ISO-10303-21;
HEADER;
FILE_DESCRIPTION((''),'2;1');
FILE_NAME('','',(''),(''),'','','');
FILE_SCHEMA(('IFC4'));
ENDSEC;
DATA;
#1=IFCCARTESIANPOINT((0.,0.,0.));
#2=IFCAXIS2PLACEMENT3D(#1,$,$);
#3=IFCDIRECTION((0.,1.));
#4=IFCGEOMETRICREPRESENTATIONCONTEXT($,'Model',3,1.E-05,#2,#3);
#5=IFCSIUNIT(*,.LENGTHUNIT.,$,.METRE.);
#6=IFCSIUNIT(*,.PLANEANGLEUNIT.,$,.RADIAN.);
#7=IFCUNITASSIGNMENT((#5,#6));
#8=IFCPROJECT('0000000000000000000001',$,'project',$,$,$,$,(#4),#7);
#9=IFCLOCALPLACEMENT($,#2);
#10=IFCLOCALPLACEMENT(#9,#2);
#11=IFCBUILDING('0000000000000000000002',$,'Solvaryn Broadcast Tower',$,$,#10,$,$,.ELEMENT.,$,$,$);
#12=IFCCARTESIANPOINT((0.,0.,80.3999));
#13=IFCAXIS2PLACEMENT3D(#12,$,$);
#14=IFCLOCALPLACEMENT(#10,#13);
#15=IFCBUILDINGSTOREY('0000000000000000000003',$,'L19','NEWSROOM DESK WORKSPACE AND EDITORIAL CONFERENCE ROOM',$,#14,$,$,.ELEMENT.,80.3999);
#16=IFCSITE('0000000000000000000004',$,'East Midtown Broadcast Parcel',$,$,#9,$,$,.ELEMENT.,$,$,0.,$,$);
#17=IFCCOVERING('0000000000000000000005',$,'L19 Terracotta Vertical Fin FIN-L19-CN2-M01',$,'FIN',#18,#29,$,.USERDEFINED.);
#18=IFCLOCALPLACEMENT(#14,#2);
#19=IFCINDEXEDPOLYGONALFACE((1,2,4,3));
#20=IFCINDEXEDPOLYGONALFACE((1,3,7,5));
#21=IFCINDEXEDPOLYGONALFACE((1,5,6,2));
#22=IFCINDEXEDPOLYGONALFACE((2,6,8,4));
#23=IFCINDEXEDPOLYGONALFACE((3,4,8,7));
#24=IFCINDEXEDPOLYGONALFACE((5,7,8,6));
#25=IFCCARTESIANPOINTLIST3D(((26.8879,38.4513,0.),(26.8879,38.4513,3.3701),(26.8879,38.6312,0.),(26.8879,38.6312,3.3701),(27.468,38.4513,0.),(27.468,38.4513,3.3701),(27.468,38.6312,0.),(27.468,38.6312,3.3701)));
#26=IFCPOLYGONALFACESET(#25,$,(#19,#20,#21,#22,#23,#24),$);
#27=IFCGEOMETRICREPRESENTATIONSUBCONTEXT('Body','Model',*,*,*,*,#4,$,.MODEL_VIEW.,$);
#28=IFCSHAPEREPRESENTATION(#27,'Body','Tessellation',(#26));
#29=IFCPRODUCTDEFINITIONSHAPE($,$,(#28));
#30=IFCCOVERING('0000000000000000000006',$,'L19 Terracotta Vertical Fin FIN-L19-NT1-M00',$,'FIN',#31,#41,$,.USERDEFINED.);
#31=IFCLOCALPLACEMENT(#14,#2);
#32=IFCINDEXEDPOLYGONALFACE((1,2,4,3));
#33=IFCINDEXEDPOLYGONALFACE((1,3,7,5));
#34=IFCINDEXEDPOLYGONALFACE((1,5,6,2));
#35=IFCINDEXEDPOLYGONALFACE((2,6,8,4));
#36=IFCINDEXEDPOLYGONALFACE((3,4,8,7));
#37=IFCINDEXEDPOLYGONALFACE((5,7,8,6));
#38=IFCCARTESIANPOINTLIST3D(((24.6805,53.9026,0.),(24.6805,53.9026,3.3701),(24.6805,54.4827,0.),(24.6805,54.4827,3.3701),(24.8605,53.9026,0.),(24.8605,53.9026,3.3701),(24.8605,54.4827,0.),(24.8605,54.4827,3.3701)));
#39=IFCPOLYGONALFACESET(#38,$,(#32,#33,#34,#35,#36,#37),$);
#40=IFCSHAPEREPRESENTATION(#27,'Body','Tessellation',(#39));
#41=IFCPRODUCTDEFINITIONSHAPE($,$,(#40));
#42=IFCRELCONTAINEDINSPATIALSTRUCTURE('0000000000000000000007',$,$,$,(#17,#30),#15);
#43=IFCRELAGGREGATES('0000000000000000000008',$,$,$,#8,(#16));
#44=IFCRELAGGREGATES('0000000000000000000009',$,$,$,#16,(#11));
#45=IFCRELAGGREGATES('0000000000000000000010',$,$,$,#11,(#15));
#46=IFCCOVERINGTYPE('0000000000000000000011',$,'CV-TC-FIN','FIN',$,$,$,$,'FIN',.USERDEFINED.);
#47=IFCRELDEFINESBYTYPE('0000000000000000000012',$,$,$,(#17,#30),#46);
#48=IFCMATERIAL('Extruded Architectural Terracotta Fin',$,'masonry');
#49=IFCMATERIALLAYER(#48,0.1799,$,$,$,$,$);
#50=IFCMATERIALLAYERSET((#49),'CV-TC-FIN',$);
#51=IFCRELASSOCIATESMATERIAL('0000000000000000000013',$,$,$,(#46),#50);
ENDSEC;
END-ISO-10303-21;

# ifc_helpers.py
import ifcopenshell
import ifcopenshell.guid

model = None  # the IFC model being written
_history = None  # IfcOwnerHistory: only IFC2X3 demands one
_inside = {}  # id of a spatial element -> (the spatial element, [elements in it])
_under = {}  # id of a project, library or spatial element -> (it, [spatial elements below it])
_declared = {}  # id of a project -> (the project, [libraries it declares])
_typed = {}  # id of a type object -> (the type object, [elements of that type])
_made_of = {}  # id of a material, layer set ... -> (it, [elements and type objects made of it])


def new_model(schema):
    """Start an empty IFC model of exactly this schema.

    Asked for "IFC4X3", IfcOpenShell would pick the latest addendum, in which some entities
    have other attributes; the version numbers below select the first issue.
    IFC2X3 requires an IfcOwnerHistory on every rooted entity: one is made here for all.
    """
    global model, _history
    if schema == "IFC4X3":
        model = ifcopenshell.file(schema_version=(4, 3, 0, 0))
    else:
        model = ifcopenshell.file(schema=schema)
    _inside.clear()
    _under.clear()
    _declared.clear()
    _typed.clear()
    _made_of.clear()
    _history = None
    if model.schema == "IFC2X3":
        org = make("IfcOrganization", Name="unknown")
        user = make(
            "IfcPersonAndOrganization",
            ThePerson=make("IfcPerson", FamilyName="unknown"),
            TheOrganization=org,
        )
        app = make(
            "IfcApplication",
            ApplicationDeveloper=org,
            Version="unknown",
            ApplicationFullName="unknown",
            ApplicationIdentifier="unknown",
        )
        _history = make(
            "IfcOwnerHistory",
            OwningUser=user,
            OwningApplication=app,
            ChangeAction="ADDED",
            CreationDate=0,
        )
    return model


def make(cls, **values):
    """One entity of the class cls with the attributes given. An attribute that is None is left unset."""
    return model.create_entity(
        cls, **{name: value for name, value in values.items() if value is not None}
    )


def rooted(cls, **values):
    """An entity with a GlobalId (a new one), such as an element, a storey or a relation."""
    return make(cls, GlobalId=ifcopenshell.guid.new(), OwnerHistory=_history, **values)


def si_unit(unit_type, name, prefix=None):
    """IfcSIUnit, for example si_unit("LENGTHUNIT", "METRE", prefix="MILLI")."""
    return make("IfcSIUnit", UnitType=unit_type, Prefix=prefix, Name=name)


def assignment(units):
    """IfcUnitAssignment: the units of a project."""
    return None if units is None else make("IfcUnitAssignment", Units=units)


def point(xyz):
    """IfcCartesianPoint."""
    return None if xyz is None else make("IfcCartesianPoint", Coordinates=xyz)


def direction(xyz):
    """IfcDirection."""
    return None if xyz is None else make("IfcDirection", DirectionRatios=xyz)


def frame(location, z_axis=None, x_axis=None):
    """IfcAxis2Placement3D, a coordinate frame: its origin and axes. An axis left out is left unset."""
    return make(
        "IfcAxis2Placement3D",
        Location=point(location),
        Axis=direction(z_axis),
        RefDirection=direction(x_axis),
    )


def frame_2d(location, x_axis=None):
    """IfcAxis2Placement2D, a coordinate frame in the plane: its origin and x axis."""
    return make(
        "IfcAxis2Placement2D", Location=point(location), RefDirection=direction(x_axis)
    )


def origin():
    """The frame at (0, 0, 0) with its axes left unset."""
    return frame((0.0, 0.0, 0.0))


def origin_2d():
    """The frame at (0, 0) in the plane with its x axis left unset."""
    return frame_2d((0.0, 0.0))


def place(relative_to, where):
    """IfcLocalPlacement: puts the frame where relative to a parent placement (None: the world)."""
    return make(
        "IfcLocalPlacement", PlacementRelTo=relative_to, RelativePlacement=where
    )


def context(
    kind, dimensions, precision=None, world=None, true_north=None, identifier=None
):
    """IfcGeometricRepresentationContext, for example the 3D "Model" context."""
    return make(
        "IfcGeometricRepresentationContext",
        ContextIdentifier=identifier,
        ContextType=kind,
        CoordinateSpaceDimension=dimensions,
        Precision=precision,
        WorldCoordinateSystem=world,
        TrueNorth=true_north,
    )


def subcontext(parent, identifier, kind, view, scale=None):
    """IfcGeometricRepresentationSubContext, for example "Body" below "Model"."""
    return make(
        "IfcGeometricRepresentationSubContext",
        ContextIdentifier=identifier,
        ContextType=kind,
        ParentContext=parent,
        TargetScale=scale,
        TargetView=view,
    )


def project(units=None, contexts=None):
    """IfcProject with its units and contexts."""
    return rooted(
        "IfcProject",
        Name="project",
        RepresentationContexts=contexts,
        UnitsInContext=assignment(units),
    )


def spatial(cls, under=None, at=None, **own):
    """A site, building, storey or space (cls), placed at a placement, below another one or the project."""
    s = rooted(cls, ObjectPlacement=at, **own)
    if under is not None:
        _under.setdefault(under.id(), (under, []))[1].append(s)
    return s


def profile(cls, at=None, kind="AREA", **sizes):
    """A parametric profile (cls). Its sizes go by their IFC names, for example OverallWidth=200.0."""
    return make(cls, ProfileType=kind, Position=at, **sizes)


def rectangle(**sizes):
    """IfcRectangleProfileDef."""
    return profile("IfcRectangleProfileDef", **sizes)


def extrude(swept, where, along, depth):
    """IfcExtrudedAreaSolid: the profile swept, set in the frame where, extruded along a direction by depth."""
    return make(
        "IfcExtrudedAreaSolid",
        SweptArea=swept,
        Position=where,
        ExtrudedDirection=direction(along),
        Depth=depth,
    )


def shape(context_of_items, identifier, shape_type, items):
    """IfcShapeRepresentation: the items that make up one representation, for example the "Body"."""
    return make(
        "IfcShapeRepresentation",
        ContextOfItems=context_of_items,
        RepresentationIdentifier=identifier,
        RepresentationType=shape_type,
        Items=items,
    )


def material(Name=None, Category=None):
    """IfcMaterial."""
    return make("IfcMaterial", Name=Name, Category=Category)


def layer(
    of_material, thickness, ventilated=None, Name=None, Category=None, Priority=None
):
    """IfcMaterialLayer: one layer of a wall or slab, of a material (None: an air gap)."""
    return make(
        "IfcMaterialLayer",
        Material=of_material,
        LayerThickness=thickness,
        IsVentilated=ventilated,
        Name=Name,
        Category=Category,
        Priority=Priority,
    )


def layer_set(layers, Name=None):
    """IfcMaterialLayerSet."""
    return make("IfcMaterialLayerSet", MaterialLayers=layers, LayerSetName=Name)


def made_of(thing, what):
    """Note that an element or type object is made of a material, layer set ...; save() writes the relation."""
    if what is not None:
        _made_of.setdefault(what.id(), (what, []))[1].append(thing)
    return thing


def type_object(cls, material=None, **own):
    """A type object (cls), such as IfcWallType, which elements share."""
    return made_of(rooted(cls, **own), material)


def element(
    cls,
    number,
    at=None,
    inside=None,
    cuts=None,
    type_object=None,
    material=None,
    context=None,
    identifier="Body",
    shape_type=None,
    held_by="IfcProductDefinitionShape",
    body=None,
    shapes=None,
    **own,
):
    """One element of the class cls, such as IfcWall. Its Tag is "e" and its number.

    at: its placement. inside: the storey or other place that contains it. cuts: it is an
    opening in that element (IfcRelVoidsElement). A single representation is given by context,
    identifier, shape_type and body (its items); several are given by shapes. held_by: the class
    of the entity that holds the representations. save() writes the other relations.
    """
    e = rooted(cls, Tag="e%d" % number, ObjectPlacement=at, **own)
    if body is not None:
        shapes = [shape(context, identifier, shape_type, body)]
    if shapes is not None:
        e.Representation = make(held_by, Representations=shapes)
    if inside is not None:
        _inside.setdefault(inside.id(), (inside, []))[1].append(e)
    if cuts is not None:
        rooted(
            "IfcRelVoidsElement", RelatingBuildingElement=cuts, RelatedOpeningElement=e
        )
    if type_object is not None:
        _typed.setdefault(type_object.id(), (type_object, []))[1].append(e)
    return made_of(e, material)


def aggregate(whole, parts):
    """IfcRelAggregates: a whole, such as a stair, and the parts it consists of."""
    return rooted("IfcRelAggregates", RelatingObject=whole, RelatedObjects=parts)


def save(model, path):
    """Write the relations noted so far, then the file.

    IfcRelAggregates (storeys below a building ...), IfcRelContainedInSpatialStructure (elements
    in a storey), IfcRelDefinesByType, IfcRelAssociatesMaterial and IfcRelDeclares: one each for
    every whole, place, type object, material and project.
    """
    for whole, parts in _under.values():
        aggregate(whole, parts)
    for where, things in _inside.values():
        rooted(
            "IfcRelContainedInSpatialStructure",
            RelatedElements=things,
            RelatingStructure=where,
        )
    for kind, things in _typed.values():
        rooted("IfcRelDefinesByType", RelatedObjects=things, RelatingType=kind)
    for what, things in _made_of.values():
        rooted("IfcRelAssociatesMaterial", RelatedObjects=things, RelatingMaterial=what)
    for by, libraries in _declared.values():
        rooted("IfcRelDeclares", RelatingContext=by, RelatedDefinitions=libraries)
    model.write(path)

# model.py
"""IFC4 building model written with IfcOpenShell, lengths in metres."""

from ifc_helpers import new_model, si_unit, direction, frame, origin, origin_2d, place, context, subcontext, project, spatial, rectangle, extrude, material, layer, layer_set, type_object, element, save


model = new_model("IFC4")

# Units and contexts
model_context = context("Model", 3, precision=1e-05, world=origin(), true_north=direction((0.0, 1.0)))
body_context = subcontext(model_context, "Body", "Model", "MODEL_VIEW")
ifc_project = project(units=[si_unit("LENGTHUNIT", "METRE"), si_unit("PLANEANGLEUNIT", "RADIAN")], contexts=[model_context])

# Site, building, storey
site_placement = place(None, origin())
site = spatial("IfcSite", under=ifc_project, at=site_placement, Name="East Midtown Broadcast Parcel", CompositionType="ELEMENT", RefElevation=0.0)
building_placement = place(site_placement, origin())
building = spatial("IfcBuilding", under=site, at=building_placement, Name="Solvaryn Broadcast Tower", CompositionType="ELEMENT")
storey_placement = place(building_placement, frame((0.0, 0.0, 80.3999)))
storey = spatial("IfcBuildingStorey", under=building, at=storey_placement, Name="L19", Description="NEWSROOM DESK WORKSPACE AND EDITORIAL CONFERENCE ROOM", CompositionType="ELEMENT", Elevation=80.3999)

# Coverings
ifc_material_1 = material(Name="Extruded Architectural Terracotta Fin", Category="masonry")
ifc_layer_1 = layer(ifc_material_1, 0.1799)
ifc_layer_set_1 = layer_set([ifc_layer_1], Name="CV-TC-FIN")
covering_type = type_object("IfcCoveringType", Name="CV-TC-FIN", Description="FIN", ElementType="FIN", PredefinedType="USERDEFINED", material=ifc_layer_set_1)
for number, where, z_axis, x_axis, name in (
    (1, (27.178, 38.5413, 0.0), (0.0, 0.0, 1.0), (1.0, 0.0, 0.0), "L19 Terracotta Vertical Fin FIN-L19-CN2-M01"),
):
    element("IfcCovering", number, at=place(storey_placement, frame(where, z_axis=z_axis, x_axis=x_axis)), inside=storey, type_object=covering_type, Name=name, ObjectType="FIN", PredefinedType="USERDEFINED", context=body_context, shape_type="SweptSolid", body=[
        extrude(rectangle(XDim=0.5801, YDim=0.1799, at=origin_2d()), origin(), (0.0, 0.0, 1.0), 3.3701),
    ])
covering_1_placement = place(storey_placement, frame((24.7705, 54.1926, 0.0), z_axis=(0.0, 0.0, 1.0), x_axis=(1.0, 0.0, 0.0)))
element("IfcCovering", 2, at=covering_1_placement, inside=storey, type_object=covering_type, Name="L19 Terracotta Vertical Fin FIN-L19-NT1-M00", ObjectType="FIN", PredefinedType="USERDEFINED", context=body_context, shape_type="SweptSolid", body=[
    extrude(rectangle(XDim=0.1799, YDim=0.5801, at=origin_2d()), origin(), (0.0, 0.0, 1.0), 3.3701),
])

save(model, "model.ifc")
